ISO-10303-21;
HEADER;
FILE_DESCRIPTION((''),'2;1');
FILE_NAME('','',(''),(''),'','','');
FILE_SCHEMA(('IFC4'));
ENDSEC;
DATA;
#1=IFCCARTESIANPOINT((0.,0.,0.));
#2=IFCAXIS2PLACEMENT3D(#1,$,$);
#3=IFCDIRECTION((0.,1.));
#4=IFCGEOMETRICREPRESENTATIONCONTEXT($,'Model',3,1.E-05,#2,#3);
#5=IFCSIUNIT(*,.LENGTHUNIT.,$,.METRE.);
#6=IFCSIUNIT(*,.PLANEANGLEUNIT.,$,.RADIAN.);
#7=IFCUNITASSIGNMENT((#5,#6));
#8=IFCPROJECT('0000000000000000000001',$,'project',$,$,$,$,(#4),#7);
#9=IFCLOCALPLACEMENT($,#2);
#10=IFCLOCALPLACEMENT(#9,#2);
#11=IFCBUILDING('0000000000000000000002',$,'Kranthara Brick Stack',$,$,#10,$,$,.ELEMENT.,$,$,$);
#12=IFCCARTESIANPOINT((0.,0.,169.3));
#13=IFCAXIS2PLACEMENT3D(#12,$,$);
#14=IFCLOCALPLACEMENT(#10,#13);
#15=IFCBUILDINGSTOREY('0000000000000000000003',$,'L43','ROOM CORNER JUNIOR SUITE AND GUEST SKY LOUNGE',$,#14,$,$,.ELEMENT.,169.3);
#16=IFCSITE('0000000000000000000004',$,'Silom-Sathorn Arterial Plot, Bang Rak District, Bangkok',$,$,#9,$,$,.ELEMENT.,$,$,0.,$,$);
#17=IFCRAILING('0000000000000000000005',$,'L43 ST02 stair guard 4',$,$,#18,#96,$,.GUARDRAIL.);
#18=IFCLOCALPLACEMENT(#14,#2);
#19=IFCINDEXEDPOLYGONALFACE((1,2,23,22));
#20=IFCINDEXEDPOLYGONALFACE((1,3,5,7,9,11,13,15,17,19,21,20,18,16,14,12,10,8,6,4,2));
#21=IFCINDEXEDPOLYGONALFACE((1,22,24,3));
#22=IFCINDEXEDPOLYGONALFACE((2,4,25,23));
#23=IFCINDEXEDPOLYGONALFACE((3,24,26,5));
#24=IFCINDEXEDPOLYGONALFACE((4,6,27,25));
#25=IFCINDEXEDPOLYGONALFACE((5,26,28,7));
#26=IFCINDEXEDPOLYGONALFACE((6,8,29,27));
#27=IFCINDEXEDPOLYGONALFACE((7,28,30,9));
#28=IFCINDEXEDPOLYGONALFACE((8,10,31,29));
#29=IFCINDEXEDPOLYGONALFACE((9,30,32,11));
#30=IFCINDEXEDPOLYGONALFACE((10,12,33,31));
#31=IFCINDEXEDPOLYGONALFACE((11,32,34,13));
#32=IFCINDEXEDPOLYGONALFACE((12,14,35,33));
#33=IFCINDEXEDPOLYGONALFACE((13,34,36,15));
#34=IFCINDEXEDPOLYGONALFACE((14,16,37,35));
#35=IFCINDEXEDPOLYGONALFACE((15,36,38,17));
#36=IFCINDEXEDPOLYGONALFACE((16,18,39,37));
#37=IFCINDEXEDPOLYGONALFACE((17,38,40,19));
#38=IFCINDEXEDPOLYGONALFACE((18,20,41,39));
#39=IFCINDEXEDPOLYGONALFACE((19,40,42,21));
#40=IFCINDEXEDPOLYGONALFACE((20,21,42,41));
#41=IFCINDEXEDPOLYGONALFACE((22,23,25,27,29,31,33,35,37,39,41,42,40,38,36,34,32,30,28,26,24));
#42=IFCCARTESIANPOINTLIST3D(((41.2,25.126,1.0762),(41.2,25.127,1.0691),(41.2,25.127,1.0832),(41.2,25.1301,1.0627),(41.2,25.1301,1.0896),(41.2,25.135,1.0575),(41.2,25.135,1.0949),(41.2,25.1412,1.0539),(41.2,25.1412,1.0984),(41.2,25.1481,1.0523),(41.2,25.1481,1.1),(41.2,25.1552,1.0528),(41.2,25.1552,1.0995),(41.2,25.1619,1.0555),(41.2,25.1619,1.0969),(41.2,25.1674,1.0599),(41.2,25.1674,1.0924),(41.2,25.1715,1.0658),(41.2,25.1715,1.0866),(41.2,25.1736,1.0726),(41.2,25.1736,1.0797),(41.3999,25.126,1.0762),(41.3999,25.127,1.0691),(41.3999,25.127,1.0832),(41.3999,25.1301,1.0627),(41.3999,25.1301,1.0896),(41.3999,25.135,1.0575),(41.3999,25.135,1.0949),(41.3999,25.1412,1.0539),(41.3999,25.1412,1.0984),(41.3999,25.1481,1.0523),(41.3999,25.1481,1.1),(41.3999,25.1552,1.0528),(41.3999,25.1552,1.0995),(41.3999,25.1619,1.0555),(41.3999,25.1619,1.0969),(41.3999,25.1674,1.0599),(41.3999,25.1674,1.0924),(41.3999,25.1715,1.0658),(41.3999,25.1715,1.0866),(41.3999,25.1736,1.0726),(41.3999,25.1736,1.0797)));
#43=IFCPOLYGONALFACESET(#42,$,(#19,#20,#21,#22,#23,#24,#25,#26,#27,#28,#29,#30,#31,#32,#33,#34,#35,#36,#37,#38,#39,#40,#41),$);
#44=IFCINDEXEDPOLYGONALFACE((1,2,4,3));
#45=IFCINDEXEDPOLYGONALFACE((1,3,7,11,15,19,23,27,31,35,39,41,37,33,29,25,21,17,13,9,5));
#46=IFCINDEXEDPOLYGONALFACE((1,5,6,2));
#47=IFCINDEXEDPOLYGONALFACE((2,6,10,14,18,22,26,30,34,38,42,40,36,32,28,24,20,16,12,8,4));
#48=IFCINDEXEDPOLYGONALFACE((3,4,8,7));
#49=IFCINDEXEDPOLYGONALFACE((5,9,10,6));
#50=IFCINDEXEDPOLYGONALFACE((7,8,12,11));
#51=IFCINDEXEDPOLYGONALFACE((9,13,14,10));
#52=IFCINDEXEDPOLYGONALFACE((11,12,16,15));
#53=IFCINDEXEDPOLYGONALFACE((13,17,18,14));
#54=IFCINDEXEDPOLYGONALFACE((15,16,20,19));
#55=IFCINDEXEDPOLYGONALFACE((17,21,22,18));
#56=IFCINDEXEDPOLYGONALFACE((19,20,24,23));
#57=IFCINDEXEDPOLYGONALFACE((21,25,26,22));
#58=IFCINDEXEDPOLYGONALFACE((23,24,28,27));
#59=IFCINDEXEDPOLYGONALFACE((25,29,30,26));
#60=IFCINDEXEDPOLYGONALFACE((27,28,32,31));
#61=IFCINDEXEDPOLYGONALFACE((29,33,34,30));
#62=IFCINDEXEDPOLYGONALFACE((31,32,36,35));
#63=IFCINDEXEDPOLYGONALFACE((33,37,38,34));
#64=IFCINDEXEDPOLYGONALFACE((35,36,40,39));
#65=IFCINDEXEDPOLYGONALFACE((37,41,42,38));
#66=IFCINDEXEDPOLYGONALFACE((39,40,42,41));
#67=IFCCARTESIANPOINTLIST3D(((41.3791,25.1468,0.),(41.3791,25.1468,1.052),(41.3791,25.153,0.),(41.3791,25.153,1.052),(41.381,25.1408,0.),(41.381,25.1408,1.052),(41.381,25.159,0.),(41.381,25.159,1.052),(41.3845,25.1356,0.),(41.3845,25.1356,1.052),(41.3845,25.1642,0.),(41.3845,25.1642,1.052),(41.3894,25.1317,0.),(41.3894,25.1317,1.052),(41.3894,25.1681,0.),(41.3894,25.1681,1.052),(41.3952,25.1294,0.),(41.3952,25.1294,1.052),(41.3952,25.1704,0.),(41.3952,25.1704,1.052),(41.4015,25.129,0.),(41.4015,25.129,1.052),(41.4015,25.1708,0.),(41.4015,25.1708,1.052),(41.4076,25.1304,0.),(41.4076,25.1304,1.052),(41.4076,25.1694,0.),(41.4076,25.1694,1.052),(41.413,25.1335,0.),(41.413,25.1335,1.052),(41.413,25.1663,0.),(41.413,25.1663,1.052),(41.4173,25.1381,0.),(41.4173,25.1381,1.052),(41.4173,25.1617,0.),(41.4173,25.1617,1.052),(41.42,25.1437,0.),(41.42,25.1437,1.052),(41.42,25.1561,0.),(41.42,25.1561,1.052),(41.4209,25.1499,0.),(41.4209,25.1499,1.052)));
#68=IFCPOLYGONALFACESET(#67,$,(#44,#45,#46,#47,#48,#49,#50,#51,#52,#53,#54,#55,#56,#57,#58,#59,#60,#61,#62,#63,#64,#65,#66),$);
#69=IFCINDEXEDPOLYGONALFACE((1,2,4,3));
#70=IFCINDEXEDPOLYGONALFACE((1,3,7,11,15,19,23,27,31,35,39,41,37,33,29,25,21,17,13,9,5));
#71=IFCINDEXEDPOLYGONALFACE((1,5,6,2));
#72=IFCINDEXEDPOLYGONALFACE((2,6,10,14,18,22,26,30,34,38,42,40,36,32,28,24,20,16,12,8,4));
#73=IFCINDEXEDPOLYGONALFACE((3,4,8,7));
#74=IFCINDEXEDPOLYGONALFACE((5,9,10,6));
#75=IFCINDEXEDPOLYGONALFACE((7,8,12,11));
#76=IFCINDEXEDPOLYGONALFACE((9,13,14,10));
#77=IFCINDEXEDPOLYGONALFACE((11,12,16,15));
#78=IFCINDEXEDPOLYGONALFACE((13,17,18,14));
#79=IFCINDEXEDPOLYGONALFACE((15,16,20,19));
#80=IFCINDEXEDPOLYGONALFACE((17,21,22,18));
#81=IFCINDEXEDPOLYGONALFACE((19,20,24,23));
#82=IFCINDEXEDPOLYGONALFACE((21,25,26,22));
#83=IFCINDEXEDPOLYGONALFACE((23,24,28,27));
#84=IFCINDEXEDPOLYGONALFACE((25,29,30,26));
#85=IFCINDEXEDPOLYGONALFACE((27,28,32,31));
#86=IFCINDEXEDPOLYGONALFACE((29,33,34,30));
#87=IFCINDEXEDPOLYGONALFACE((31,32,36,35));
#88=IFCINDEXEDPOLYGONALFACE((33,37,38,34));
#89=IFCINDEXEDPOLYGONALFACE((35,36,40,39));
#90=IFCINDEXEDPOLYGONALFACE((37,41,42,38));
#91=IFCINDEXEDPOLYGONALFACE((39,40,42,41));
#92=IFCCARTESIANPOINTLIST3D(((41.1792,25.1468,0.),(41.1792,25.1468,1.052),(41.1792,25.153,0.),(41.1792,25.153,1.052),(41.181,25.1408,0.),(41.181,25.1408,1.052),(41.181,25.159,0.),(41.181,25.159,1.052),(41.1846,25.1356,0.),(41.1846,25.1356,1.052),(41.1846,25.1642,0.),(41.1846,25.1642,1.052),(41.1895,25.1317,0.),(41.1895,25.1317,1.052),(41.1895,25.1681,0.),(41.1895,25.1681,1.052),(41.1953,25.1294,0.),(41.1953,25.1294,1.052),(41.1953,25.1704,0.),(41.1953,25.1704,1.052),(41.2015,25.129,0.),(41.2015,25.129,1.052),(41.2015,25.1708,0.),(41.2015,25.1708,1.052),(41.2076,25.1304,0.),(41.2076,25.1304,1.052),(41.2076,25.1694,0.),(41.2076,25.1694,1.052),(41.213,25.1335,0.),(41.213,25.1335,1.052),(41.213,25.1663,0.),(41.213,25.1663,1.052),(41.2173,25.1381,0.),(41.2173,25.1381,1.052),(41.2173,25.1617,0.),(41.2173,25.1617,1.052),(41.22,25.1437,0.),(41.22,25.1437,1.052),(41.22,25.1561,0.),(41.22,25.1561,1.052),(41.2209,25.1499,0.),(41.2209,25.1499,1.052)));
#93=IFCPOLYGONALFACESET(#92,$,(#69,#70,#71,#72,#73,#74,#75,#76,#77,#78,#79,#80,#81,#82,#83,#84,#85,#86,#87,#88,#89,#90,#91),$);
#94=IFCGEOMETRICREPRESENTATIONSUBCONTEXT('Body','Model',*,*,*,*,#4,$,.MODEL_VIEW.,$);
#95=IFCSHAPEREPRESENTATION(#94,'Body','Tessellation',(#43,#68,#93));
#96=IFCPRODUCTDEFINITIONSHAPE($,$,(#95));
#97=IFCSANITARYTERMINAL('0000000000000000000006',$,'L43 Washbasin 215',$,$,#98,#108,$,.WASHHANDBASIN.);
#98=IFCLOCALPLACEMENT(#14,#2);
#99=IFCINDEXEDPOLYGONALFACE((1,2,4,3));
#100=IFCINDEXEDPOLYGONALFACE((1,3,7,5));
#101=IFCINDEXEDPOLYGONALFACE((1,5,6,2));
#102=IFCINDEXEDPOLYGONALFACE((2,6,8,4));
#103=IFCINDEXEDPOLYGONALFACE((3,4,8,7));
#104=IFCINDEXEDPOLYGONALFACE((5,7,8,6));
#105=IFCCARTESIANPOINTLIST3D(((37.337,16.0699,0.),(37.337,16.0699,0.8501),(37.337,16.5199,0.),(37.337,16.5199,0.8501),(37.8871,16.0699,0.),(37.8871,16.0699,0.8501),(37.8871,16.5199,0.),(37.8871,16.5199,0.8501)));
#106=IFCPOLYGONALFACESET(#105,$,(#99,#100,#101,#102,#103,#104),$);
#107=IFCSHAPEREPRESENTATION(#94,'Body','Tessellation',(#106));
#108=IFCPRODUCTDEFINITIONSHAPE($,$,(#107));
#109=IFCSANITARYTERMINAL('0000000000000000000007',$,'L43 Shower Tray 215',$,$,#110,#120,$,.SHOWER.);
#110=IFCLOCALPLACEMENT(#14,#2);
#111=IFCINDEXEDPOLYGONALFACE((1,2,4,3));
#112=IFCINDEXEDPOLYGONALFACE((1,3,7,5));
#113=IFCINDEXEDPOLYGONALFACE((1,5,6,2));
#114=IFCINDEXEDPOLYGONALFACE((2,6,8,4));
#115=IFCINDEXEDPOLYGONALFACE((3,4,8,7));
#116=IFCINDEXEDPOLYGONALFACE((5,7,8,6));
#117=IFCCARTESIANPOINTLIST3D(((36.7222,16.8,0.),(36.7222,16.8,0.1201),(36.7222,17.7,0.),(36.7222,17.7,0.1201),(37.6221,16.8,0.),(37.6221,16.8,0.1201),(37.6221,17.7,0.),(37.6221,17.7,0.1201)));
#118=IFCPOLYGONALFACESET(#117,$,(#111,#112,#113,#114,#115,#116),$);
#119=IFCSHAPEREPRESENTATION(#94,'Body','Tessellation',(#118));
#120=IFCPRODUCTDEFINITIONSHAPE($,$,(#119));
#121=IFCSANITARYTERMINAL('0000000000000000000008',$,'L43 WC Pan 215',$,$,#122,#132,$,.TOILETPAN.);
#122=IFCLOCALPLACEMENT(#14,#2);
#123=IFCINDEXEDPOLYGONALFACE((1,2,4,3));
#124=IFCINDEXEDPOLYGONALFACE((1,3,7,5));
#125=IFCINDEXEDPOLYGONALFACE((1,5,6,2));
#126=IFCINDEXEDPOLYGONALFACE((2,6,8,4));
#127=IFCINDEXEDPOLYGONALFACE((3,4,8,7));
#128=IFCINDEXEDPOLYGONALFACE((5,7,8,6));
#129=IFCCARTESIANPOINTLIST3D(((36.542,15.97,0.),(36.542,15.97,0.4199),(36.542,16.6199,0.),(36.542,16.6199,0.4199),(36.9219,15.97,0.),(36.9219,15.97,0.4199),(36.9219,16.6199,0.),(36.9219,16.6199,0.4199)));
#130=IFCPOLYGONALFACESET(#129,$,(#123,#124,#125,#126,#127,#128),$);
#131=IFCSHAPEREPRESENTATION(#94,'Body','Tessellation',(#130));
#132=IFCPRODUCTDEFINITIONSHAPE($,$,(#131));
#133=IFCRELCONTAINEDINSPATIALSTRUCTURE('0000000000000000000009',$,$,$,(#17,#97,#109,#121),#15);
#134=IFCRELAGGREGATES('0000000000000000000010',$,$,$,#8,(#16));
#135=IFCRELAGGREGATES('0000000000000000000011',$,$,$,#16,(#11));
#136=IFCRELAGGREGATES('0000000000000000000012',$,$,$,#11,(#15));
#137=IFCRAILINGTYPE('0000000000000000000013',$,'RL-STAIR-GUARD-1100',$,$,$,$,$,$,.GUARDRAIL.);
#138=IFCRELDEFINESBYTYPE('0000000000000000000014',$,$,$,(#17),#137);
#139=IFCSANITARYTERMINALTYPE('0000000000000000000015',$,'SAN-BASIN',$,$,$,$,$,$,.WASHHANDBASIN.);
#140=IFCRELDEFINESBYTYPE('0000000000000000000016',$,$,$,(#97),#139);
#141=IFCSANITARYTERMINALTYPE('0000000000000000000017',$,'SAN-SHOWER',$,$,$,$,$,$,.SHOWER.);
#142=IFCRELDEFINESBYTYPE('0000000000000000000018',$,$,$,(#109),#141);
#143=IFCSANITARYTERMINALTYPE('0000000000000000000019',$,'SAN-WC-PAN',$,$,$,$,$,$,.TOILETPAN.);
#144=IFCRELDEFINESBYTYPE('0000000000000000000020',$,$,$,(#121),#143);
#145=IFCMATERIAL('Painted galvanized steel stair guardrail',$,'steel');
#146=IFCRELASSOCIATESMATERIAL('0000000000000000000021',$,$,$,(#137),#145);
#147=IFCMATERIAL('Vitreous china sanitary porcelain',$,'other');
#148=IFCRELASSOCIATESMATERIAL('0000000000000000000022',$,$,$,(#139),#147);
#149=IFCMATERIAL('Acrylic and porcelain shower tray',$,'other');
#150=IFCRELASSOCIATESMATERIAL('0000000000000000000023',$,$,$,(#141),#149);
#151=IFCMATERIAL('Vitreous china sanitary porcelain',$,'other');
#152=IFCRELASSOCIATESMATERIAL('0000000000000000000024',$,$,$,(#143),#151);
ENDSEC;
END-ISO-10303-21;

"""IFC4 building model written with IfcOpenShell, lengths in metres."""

from ifc_helpers import new_model, si_unit, direction, frame, origin, origin_2d, place, context, subcontext, project, spatial, rectangle, circle, extrude, material, type_object, element, save


model = new_model("IFC4")

# Units and contexts
model_context = context("Model", 3, precision=1e-05, world=origin(), true_north=direction((0.0, 1.0)))
body_context = subcontext(model_context, "Body", "Model", "MODEL_VIEW")
ifc_project = project(units=[si_unit("LENGTHUNIT", "METRE"), si_unit("PLANEANGLEUNIT", "RADIAN")], contexts=[model_context])

# Site, building, storey
site_placement = place(None, origin())
site = spatial("IfcSite", under=ifc_project, at=site_placement, Name="Silom-Sathorn Arterial Plot, Bang Rak District, Bangkok", CompositionType="ELEMENT", RefElevation=0.0)
building_placement = place(site_placement, origin())
building = spatial("IfcBuilding", under=site, at=building_placement, Name="Kranthara Brick Stack", CompositionType="ELEMENT")
storey_placement = place(building_placement, frame((0.0, 0.0, 169.3)))
storey = spatial("IfcBuildingStorey", under=building, at=storey_placement, Name="L43", Description="ROOM CORNER JUNIOR SUITE AND GUEST SKY LOUNGE", CompositionType="ELEMENT", Elevation=169.3)

# Railing
ifc_material_1 = material(Name="Painted galvanized steel stair guardrail", Category="steel")
railing_type = type_object("IfcRailingType", Name="RL-STAIR-GUARD-1100", PredefinedType="GUARDRAIL", material=ifc_material_1)
railing_1_placement = place(storey_placement, frame((41.3999, 25.1499, 0.0)))
element("IfcRailing", 1, at=railing_1_placement, inside=storey, type_object=railing_type, Name="L43 ST02 stair guard 4", PredefinedType="GUARDRAIL", context=body_context, shape_type="SweptSolid", body=[
    extrude(circle(Radius=0.0239, at=origin_2d()), frame((0.0, 0.0, 1.0762), z_axis=(-1.0, 0.0, 0.0), x_axis=(0.0, -1.0, 0.0)), (0.0, 0.0, 1.0), 0.2),
    extrude(circle(Radius=0.021, at=origin_2d()), origin(), (0.0, 0.0, 1.0), 1.052),
    extrude(circle(Radius=0.021, at=origin_2d()), frame((-0.2, 0.0, 0.0)), (0.0, 0.0, 1.0), 1.052),
])

# Sanitary terminals
ifc_material_2 = material(Name="Vitreous china sanitary porcelain", Category="other")
sanitary_terminal_type_1 = type_object("IfcSanitaryTerminalType", Name="SAN-BASIN", PredefinedType="WASHHANDBASIN", material=ifc_material_2)
sanitary_terminal_1_placement = place(storey_placement, frame((37.6121, 16.2949, 0.0), z_axis=(0.0, 0.0, 1.0), x_axis=(1.0, 0.0, 0.0)))
element("IfcSanitaryTerminal", 2, at=sanitary_terminal_1_placement, inside=storey, type_object=sanitary_terminal_type_1, Name="L43 Washbasin 215", PredefinedType="WASHHANDBASIN", context=body_context, shape_type="SweptSolid", body=[
    extrude(rectangle(XDim=0.55, YDim=0.45, at=origin_2d()), origin(), (0.0, 0.0, 1.0), 0.8501),
])
ifc_material_3 = material(Name="Acrylic and porcelain shower tray", Category="other")
sanitary_terminal_type_2 = type_object("IfcSanitaryTerminalType", Name="SAN-SHOWER", PredefinedType="SHOWER", material=ifc_material_3)
sanitary_terminal_2_placement = place(storey_placement, frame((37.1721, 17.25, 0.0), z_axis=(0.0, 0.0, 1.0), x_axis=(1.0, 0.0, 0.0)))
element("IfcSanitaryTerminal", 3, at=sanitary_terminal_2_placement, inside=storey, type_object=sanitary_terminal_type_2, Name="L43 Shower Tray 215", PredefinedType="SHOWER", context=body_context, shape_type="SweptSolid", body=[
    extrude(rectangle(XDim=0.8999, YDim=0.8999, at=origin_2d()), origin(), (0.0, 0.0, 1.0), 0.1201),
])
ifc_material_4 = material(Name="Vitreous china sanitary porcelain", Category="other")
sanitary_terminal_type_3 = type_object("IfcSanitaryTerminalType", Name="SAN-WC-PAN", PredefinedType="TOILETPAN", material=ifc_material_4)
sanitary_terminal_3_placement = place(storey_placement, frame((36.7319, 16.2949, 0.0), z_axis=(0.0, 0.0, 1.0), x_axis=(1.0, 0.0, 0.0)))
element("IfcSanitaryTerminal", 4, at=sanitary_terminal_3_placement, inside=storey, type_object=sanitary_terminal_type_3, Name="L43 WC Pan 215", PredefinedType="TOILETPAN", context=body_context, shape_type="SweptSolid", body=[
    extrude(rectangle(XDim=0.3799, YDim=0.6499, at=origin_2d()), origin(), (0.0, 0.0, 1.0), 0.4199),
])

save(model, "model.ifc")
